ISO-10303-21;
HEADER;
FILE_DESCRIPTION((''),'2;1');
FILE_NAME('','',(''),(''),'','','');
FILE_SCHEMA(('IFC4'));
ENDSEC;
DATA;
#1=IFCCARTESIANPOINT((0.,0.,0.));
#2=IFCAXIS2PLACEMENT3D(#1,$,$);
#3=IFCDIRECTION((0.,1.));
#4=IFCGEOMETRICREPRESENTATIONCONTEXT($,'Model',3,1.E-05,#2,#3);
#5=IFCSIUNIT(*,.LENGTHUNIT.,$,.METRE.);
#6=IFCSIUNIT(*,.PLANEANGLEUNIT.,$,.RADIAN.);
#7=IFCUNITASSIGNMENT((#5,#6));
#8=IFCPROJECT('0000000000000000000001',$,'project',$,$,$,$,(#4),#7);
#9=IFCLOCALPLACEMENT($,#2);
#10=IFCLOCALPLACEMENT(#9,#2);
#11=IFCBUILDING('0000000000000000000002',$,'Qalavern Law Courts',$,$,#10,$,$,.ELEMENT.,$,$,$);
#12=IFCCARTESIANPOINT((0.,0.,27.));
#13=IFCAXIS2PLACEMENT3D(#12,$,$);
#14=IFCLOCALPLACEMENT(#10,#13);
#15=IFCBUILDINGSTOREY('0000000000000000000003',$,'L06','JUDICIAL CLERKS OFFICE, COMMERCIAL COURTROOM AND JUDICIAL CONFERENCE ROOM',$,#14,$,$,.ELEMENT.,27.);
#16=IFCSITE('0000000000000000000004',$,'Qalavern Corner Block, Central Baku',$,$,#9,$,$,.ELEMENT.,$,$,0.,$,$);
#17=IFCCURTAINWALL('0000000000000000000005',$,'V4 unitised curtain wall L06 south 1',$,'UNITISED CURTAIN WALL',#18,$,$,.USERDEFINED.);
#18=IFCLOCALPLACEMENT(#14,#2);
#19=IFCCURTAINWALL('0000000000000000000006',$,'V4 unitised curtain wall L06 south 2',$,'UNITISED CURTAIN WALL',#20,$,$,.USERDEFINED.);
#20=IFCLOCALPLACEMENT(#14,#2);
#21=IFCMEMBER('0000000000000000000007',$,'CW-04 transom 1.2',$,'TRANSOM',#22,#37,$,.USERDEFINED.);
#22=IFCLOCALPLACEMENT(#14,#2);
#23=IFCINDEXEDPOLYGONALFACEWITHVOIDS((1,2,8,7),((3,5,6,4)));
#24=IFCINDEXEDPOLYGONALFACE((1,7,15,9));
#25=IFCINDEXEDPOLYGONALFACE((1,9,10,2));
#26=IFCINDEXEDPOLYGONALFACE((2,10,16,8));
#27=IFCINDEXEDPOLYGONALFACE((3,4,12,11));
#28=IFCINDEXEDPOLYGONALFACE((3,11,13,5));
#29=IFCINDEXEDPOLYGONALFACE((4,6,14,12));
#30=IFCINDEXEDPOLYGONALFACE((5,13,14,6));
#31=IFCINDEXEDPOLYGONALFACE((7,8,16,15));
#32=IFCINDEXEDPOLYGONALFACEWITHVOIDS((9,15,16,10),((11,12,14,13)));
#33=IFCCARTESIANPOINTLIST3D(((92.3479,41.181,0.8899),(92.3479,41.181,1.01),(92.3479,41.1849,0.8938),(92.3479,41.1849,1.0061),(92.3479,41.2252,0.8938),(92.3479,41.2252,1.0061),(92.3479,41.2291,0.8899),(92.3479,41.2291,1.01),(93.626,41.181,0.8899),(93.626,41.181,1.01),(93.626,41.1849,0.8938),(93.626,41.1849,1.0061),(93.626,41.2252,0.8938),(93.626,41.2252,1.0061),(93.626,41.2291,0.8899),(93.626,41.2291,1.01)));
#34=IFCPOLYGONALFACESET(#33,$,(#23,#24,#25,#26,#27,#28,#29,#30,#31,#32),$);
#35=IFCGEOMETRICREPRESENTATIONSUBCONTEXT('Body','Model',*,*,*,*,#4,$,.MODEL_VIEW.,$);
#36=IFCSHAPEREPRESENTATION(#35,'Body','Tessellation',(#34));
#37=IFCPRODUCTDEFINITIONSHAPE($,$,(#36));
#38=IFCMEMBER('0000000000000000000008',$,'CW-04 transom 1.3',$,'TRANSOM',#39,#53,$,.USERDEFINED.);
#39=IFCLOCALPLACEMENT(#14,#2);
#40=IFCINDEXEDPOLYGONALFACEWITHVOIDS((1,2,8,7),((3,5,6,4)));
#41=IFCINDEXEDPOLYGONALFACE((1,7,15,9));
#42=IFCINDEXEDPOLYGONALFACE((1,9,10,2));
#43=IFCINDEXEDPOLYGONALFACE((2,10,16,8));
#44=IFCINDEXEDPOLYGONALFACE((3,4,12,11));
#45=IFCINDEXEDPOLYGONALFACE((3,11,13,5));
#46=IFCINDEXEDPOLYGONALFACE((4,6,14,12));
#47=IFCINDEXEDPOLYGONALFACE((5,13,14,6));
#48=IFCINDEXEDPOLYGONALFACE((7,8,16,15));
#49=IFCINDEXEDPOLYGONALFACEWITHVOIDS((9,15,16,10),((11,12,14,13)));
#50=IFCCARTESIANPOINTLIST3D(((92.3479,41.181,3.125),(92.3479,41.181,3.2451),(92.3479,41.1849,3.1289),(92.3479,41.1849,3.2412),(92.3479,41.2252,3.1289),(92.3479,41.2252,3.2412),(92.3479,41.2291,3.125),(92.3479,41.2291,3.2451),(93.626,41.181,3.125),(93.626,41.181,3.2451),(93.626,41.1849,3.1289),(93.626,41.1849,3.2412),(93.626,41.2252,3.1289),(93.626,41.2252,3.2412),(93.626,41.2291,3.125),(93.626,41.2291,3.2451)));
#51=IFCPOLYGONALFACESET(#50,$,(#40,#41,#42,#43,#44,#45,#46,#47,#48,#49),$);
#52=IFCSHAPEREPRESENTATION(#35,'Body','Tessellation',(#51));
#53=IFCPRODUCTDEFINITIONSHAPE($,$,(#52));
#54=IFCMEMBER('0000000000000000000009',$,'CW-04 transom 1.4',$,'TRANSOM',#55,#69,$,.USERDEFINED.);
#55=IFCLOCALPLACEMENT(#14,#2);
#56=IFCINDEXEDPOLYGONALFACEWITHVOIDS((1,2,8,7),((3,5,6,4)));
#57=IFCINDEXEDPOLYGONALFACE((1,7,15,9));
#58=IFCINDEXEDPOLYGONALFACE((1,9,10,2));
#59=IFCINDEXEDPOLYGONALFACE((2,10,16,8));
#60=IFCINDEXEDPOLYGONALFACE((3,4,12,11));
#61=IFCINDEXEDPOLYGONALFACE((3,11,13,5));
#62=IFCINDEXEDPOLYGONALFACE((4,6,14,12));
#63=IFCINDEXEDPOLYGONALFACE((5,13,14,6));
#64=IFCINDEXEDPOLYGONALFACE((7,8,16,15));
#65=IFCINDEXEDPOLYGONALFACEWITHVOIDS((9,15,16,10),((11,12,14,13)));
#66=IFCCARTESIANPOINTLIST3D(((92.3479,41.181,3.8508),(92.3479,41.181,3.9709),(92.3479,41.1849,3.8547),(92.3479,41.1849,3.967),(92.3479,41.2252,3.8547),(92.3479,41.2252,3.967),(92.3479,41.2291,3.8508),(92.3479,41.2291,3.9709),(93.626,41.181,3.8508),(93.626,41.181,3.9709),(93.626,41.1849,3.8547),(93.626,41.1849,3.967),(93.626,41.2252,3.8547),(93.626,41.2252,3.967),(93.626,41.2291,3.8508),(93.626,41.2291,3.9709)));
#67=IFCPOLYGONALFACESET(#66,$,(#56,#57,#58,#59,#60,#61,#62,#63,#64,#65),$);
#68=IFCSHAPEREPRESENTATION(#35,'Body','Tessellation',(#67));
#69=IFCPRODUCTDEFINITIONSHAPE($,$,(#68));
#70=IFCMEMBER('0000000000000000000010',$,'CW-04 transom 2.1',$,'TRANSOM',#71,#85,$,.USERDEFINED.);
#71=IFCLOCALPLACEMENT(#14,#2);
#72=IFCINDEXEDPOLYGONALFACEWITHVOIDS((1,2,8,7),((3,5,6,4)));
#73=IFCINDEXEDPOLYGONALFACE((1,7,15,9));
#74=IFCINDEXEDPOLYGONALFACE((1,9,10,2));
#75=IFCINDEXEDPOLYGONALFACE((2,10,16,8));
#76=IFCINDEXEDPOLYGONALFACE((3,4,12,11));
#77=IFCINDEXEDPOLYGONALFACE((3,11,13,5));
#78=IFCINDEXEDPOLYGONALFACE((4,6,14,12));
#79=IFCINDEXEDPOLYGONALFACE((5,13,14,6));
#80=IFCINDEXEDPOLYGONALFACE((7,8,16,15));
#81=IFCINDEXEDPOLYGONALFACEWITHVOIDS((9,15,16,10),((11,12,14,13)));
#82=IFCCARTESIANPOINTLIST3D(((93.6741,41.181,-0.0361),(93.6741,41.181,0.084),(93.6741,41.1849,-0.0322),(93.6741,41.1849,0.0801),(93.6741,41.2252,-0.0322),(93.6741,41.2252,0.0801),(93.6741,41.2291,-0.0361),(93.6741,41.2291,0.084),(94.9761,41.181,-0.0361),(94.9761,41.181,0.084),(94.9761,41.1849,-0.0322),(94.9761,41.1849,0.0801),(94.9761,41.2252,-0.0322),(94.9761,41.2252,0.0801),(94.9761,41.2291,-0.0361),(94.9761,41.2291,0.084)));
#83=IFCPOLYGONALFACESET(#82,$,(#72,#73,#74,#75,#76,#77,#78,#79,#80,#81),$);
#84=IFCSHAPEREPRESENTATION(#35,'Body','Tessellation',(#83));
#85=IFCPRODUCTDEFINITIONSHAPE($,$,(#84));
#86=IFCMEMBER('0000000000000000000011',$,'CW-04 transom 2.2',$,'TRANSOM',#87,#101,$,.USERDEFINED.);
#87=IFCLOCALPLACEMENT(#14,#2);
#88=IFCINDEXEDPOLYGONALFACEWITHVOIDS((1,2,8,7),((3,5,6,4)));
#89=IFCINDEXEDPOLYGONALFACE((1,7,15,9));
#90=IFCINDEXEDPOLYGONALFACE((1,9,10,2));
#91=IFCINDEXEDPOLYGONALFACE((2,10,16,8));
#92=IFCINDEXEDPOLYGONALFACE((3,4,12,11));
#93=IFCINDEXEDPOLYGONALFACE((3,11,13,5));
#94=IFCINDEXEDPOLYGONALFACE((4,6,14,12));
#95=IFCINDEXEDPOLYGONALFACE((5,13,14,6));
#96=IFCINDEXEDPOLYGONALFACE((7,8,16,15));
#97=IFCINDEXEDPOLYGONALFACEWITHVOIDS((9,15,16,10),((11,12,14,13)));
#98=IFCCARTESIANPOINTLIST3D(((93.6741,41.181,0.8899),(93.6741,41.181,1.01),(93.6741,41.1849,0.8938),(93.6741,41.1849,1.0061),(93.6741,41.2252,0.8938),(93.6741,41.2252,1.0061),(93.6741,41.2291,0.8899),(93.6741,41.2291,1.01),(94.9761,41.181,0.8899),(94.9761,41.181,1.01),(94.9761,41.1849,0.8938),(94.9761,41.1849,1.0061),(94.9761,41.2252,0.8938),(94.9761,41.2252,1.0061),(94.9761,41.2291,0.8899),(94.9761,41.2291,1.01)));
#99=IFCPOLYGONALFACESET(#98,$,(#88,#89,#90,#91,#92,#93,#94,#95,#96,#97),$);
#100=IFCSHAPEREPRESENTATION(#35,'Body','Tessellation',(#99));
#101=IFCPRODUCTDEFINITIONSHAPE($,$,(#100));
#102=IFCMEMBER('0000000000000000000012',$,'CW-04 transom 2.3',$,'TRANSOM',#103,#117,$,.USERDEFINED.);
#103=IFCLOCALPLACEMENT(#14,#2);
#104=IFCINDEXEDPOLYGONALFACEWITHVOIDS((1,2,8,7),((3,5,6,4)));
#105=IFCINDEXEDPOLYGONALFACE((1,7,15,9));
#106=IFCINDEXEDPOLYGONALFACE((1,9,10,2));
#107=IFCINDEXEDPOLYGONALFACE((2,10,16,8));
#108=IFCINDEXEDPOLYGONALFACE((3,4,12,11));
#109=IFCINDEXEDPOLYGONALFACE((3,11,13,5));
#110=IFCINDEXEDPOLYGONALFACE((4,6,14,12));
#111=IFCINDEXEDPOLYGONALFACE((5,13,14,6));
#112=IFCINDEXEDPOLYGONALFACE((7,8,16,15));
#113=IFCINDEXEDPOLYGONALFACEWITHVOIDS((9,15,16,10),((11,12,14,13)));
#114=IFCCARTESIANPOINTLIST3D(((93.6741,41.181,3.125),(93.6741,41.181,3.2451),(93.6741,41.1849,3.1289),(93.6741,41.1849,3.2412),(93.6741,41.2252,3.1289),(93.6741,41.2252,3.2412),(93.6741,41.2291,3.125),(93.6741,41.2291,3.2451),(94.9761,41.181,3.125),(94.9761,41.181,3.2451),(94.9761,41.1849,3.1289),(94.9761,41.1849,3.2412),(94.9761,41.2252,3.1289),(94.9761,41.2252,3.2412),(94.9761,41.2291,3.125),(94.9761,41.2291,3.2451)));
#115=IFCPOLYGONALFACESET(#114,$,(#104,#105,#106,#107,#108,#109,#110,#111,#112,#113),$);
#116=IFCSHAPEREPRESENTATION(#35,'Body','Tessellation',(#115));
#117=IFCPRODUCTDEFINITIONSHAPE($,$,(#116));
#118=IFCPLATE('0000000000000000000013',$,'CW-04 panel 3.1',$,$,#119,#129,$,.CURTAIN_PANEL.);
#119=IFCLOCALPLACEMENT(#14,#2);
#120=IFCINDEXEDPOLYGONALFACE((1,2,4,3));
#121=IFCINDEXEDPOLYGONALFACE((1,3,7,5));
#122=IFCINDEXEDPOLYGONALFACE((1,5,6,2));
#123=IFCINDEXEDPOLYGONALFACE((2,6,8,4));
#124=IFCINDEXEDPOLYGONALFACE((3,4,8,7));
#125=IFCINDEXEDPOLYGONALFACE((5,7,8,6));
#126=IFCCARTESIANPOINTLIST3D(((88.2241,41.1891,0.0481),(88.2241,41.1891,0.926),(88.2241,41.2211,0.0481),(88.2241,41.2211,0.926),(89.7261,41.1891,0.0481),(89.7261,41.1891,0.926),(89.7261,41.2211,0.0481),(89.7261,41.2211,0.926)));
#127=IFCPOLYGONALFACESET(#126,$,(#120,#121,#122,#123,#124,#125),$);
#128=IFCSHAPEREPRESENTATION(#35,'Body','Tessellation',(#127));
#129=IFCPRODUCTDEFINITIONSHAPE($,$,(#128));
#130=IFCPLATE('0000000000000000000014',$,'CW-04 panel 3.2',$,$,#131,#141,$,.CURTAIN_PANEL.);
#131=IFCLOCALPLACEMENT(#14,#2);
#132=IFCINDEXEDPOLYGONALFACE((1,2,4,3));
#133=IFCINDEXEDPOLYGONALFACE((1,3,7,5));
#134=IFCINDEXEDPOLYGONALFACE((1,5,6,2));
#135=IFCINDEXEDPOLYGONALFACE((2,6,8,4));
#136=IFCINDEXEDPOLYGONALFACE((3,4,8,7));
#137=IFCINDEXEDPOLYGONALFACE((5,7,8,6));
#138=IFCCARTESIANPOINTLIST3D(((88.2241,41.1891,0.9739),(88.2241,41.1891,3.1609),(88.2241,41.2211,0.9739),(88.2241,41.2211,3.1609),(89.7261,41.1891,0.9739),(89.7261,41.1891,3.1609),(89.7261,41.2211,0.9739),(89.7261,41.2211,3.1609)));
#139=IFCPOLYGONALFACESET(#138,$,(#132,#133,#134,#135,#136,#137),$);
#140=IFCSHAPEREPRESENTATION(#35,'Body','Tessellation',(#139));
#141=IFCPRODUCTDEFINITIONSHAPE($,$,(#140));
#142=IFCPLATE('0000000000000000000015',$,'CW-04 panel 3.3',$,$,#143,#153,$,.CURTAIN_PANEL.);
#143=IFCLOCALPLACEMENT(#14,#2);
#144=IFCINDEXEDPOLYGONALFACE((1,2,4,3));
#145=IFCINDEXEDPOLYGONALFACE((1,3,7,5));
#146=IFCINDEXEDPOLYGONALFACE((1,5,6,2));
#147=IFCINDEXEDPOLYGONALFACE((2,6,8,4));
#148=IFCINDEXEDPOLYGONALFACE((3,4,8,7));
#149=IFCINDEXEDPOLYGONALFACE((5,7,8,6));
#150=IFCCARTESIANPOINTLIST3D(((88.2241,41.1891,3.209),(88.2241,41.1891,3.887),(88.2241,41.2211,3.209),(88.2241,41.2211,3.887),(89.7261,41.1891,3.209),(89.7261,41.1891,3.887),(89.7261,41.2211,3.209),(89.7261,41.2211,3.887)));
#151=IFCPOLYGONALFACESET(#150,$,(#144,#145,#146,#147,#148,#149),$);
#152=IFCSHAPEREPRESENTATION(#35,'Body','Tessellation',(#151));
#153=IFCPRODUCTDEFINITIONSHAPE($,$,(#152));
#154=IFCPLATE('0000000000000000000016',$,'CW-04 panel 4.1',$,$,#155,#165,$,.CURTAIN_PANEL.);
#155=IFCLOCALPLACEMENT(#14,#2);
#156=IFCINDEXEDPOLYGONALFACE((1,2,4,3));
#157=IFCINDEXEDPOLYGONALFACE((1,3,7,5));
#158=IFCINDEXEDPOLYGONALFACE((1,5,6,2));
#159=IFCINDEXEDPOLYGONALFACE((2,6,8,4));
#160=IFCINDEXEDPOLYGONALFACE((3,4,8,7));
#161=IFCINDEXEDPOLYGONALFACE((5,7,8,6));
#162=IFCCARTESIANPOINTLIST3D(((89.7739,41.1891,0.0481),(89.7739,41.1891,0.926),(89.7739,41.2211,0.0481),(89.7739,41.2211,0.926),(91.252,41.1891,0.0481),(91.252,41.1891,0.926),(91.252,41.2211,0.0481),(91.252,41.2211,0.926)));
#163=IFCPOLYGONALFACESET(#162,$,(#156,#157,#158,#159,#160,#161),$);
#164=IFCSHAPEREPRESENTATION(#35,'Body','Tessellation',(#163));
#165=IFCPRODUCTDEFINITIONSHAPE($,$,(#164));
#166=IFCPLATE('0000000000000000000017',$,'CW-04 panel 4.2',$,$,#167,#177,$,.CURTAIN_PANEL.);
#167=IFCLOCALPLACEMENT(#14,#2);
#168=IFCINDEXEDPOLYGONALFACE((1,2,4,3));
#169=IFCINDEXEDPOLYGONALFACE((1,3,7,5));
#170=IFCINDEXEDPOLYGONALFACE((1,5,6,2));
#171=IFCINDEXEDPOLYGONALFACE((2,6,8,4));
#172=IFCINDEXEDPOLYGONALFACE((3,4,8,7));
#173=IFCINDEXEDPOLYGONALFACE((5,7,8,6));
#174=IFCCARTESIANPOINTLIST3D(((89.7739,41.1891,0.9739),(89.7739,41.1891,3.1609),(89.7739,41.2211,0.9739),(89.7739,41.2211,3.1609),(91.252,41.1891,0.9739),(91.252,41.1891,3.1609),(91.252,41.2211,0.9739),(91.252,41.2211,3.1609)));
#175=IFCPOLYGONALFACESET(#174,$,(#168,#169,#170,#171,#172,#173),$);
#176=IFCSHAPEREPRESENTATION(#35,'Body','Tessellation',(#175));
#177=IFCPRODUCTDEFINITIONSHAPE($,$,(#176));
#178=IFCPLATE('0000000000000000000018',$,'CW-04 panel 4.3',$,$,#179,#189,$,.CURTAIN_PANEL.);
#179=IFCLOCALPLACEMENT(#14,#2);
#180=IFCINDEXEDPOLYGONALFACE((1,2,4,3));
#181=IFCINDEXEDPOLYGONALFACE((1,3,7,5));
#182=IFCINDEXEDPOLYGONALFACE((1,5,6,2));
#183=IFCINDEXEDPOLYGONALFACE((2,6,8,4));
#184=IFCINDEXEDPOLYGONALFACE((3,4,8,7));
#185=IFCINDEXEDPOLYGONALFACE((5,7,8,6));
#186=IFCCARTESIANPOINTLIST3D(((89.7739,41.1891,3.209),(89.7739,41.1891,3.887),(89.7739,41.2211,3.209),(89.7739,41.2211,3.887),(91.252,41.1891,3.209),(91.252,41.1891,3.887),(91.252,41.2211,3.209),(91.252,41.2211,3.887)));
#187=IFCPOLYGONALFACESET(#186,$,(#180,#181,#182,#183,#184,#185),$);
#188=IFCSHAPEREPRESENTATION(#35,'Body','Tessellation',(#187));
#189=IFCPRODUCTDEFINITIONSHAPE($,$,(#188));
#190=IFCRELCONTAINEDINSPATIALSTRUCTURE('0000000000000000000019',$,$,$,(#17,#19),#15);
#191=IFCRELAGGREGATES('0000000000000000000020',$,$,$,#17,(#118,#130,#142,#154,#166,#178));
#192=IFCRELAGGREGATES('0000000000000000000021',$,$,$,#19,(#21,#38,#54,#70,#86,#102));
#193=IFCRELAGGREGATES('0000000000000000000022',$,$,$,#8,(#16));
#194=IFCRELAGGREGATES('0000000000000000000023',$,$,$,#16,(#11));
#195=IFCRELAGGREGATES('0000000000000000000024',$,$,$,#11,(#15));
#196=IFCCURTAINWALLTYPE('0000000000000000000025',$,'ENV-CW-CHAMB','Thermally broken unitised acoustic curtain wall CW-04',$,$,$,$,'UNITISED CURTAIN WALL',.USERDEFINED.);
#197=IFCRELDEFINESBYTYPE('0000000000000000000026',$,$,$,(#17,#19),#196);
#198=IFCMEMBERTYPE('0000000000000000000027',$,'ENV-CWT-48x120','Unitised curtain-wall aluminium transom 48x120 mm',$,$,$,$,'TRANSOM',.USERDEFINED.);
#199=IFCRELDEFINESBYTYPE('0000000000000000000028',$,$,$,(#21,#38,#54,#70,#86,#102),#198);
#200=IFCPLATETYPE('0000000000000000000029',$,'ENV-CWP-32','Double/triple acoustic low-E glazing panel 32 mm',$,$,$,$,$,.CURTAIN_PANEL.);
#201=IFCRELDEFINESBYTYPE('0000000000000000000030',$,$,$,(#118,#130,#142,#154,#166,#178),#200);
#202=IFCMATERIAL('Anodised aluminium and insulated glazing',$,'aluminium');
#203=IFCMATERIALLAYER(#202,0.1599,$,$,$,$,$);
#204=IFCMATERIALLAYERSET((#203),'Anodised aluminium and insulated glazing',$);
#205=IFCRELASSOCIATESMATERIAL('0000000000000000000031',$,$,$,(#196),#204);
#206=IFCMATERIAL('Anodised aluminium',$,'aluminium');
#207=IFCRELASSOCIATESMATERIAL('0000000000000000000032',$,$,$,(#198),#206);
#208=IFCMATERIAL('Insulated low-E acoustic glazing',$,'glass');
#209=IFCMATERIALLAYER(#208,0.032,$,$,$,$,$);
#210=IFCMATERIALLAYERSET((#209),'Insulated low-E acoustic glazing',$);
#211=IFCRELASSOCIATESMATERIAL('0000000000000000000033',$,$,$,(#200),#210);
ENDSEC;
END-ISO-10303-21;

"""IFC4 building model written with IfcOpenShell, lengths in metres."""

from ifc_helpers import new_model, si_unit, direction, frame, origin, origin_2d, place, context, subcontext, project, spatial, rectangle, hollow_rectangle, extrude, material, layer, layer_set, material_profile, profile_set, type_object, element, aggregate, save


model = new_model("IFC4")

# Units and contexts
model_context = context("Model", 3, precision=1e-05, world=origin(), true_north=direction((0.0, 1.0)))
body_context = subcontext(model_context, "Body", "Model", "MODEL_VIEW")
ifc_project = project(units=[si_unit("LENGTHUNIT", "METRE"), si_unit("PLANEANGLEUNIT", "RADIAN")], contexts=[model_context])

# Site, building, storey
site_placement = place(None, origin())
site = spatial("IfcSite", under=ifc_project, at=site_placement, Name="Qalavern Corner Block, Central Baku", CompositionType="ELEMENT", RefElevation=0.0)
building_placement = place(site_placement, origin())
building = spatial("IfcBuilding", under=site, at=building_placement, Name="Qalavern Law Courts", CompositionType="ELEMENT")
storey_placement = place(building_placement, frame((0.0, 0.0, 27.0)))
storey = spatial("IfcBuildingStorey", under=building, at=storey_placement, Name="L06", Description="JUDICIAL CLERKS OFFICE, COMMERCIAL COURTROOM AND JUDICIAL CONFERENCE ROOM", CompositionType="ELEMENT", Elevation=27.0)

# Curtain walls
ifc_material_1 = material(Name="Anodised aluminium and insulated glazing", Category="aluminium")
ifc_layer_1 = layer(ifc_material_1, 0.1599)
ifc_layer_set_1 = layer_set([ifc_layer_1], Name="Anodised aluminium and insulated glazing")
curtain_wall_type = type_object("IfcCurtainWallType", Name="ENV-CW-CHAMB", Description="Thermally broken unitised acoustic curtain wall CW-04", ElementType="UNITISED CURTAIN WALL", PredefinedType="USERDEFINED", material=ifc_layer_set_1)
curtain_wall_1_placement = place(storey_placement, origin())
curtain_wall_1 = element("IfcCurtainWall", 1, at=curtain_wall_1_placement, inside=storey, type_object=curtain_wall_type, Name="V4 unitised curtain wall L06 south 1", ObjectType="UNITISED CURTAIN WALL", PredefinedType="USERDEFINED")
ifc_material_2 = material(Name="Anodised aluminium", Category="aluminium")
curtain_wall_2_placement = place(storey_placement, origin())
curtain_wall_2 = element("IfcCurtainWall", 2, at=curtain_wall_2_placement, inside=storey, type_object=curtain_wall_type, Name="V4 unitised curtain wall L06 south 2", ObjectType="UNITISED CURTAIN WALL", PredefinedType="USERDEFINED")

# Members
ifc_material_profile_1 = material_profile(ifc_material_2, hollow_rectangle(XDim=0.0481, YDim=0.1201, WallThickness=0.0039, at=origin_2d()), Name="ALU TRANSOM 48x120")
ifc_profile_set_1 = profile_set([ifc_material_profile_1], Name="Anodised aluminium")
member_type_1 = type_object("IfcMemberType", Name="ENV-CWT-48x120", Description="Unitised curtain-wall aluminium transom 48x120 mm", ElementType="TRANSOM", PredefinedType="USERDEFINED", material=ifc_profile_set_1)
member_1_placement = place(storey_placement, frame((92.3479, 41.2051, 0.95), z_axis=(1.0, 0.0, 0.0), x_axis=(0.0, 1.0, 0.0)))
member_1 = element("IfcMember", 3, at=member_1_placement, type_object=member_type_1, Name="CW-04 transom 1.2", ObjectType="TRANSOM", PredefinedType="USERDEFINED", context=body_context, shape_type="SweptSolid", body=[
    extrude(hollow_rectangle(XDim=0.0481, YDim=0.1201, WallThickness=0.0039, at=origin_2d()), origin(), (0.0, 0.0, 1.0), 1.2781),
])
member_2_placement = place(storey_placement, frame((92.3479, 41.2051, 3.1851), z_axis=(1.0, 0.0, 0.0), x_axis=(0.0, 1.0, 0.0)))
member_2 = element("IfcMember", 4, at=member_2_placement, type_object=member_type_1, Name="CW-04 transom 1.3", ObjectType="TRANSOM", PredefinedType="USERDEFINED", context=body_context, shape_type="SweptSolid", body=[
    extrude(hollow_rectangle(XDim=0.0481, YDim=0.1201, WallThickness=0.0039, at=origin_2d()), origin(), (0.0, 0.0, 1.0), 1.2781),
])
member_3_placement = place(storey_placement, frame((92.3479, 41.2051, 3.9109), z_axis=(1.0, 0.0, 0.0), x_axis=(0.0, 1.0, 0.0)))
member_3 = element("IfcMember", 5, at=member_3_placement, type_object=member_type_1, Name="CW-04 transom 1.4", ObjectType="TRANSOM", PredefinedType="USERDEFINED", context=body_context, shape_type="SweptSolid", body=[
    extrude(hollow_rectangle(XDim=0.0481, YDim=0.1201, WallThickness=0.0039, at=origin_2d()), origin(), (0.0, 0.0, 1.0), 1.2781),
])
member_4_placement = place(storey_placement, frame((93.6741, 41.2051, 0.0239), z_axis=(1.0, 0.0, 0.0), x_axis=(0.0, 1.0, 0.0)))
member_4 = element("IfcMember", 6, at=member_4_placement, type_object=member_type_1, Name="CW-04 transom 2.1", ObjectType="TRANSOM", PredefinedType="USERDEFINED", context=body_context, shape_type="SweptSolid", body=[
    extrude(hollow_rectangle(XDim=0.0481, YDim=0.1201, WallThickness=0.0039, at=origin_2d()), origin(), (0.0, 0.0, 1.0), 1.302),
])
member_5_placement = place(storey_placement, frame((93.6741, 41.2051, 0.95), z_axis=(1.0, 0.0, 0.0), x_axis=(0.0, 1.0, 0.0)))
member_5 = element("IfcMember", 7, at=member_5_placement, type_object=member_type_1, Name="CW-04 transom 2.2", ObjectType="TRANSOM", PredefinedType="USERDEFINED", context=body_context, shape_type="SweptSolid", body=[
    extrude(hollow_rectangle(XDim=0.0481, YDim=0.1201, WallThickness=0.0039, at=origin_2d()), origin(), (0.0, 0.0, 1.0), 1.302),
])
member_6_placement = place(storey_placement, frame((93.6741, 41.2051, 3.1851), z_axis=(1.0, 0.0, 0.0), x_axis=(0.0, 1.0, 0.0)))
member_6 = element("IfcMember", 8, at=member_6_placement, type_object=member_type_1, Name="CW-04 transom 2.3", ObjectType="TRANSOM", PredefinedType="USERDEFINED", context=body_context, shape_type="SweptSolid", body=[
    extrude(hollow_rectangle(XDim=0.0481, YDim=0.1201, WallThickness=0.0039, at=origin_2d()), origin(), (0.0, 0.0, 1.0), 1.302),
])

# Plates
ifc_material_3 = material(Name="Insulated low-E acoustic glazing", Category="glass")
ifc_layer_2 = layer(ifc_material_3, 0.032)
ifc_layer_set_2 = layer_set([ifc_layer_2], Name="Insulated low-E acoustic glazing")
plate_type_1 = type_object("IfcPlateType", Name="ENV-CWP-32", Description="Double/triple acoustic low-E glazing panel 32 mm", PredefinedType="CURTAIN_PANEL", material=ifc_layer_set_2)
plate_1_placement = place(storey_placement, frame((88.9751, 41.2051, 0.0481), z_axis=(0.0, 0.0, 1.0), x_axis=(1.0, 0.0, 0.0)))
plate_1 = element("IfcPlate", 9, at=plate_1_placement, type_object=plate_type_1, Name="CW-04 panel 3.1", PredefinedType="CURTAIN_PANEL", context=body_context, shape_type="SweptSolid", body=[
    extrude(rectangle(XDim=1.502, YDim=0.032, at=origin_2d()), origin(), (0.0, 0.0, 1.0), 0.8779),
])
plate_2_placement = place(storey_placement, frame((88.9751, 41.2051, 0.9739), z_axis=(0.0, 0.0, 1.0), x_axis=(1.0, 0.0, 0.0)))
plate_2 = element("IfcPlate", 10, at=plate_2_placement, type_object=plate_type_1, Name="CW-04 panel 3.2", PredefinedType="CURTAIN_PANEL", context=body_context, shape_type="SweptSolid", body=[
    extrude(rectangle(XDim=1.502, YDim=0.032, at=origin_2d()), origin(), (0.0, 0.0, 1.0), 2.187),
])
plate_3_placement = place(storey_placement, frame((88.9751, 41.2051, 3.209), z_axis=(0.0, 0.0, 1.0), x_axis=(1.0, 0.0, 0.0)))
plate_3 = element("IfcPlate", 11, at=plate_3_placement, type_object=plate_type_1, Name="CW-04 panel 3.3", PredefinedType="CURTAIN_PANEL", context=body_context, shape_type="SweptSolid", body=[
    extrude(rectangle(XDim=1.502, YDim=0.032, at=origin_2d()), origin(), (0.0, 0.0, 1.0), 0.678),
])
plate_4_placement = place(storey_placement, frame((90.5129, 41.2051, 0.0481), z_axis=(0.0, 0.0, 1.0), x_axis=(1.0, 0.0, 0.0)))
plate_4 = element("IfcPlate", 12, at=plate_4_placement, type_object=plate_type_1, Name="CW-04 panel 4.1", PredefinedType="CURTAIN_PANEL", context=body_context, shape_type="SweptSolid", body=[
    extrude(rectangle(XDim=1.478, YDim=0.032, at=origin_2d()), origin(), (0.0, 0.0, 1.0), 0.8779),
])
plate_5_placement = place(storey_placement, frame((90.5129, 41.2051, 0.9739), z_axis=(0.0, 0.0, 1.0), x_axis=(1.0, 0.0, 0.0)))
plate_5 = element("IfcPlate", 13, at=plate_5_placement, type_object=plate_type_1, Name="CW-04 panel 4.2", PredefinedType="CURTAIN_PANEL", context=body_context, shape_type="SweptSolid", body=[
    extrude(rectangle(XDim=1.478, YDim=0.032, at=origin_2d()), origin(), (0.0, 0.0, 1.0), 2.187),
])
plate_6_placement = place(storey_placement, frame((90.5129, 41.2051, 3.209), z_axis=(0.0, 0.0, 1.0), x_axis=(1.0, 0.0, 0.0)))
plate_6 = element("IfcPlate", 14, at=plate_6_placement, type_object=plate_type_1, Name="CW-04 panel 4.3", PredefinedType="CURTAIN_PANEL", context=body_context, shape_type="SweptSolid", body=[
    extrude(rectangle(XDim=1.478, YDim=0.032, at=origin_2d()), origin(), (0.0, 0.0, 1.0), 0.678),
])
aggregate(curtain_wall_1, [plate_1, plate_2, plate_3, plate_4, plate_5, plate_6])
aggregate(curtain_wall_2, [member_1, member_2, member_3, member_4, member_5, member_6])

save(model, "model.ifc")
